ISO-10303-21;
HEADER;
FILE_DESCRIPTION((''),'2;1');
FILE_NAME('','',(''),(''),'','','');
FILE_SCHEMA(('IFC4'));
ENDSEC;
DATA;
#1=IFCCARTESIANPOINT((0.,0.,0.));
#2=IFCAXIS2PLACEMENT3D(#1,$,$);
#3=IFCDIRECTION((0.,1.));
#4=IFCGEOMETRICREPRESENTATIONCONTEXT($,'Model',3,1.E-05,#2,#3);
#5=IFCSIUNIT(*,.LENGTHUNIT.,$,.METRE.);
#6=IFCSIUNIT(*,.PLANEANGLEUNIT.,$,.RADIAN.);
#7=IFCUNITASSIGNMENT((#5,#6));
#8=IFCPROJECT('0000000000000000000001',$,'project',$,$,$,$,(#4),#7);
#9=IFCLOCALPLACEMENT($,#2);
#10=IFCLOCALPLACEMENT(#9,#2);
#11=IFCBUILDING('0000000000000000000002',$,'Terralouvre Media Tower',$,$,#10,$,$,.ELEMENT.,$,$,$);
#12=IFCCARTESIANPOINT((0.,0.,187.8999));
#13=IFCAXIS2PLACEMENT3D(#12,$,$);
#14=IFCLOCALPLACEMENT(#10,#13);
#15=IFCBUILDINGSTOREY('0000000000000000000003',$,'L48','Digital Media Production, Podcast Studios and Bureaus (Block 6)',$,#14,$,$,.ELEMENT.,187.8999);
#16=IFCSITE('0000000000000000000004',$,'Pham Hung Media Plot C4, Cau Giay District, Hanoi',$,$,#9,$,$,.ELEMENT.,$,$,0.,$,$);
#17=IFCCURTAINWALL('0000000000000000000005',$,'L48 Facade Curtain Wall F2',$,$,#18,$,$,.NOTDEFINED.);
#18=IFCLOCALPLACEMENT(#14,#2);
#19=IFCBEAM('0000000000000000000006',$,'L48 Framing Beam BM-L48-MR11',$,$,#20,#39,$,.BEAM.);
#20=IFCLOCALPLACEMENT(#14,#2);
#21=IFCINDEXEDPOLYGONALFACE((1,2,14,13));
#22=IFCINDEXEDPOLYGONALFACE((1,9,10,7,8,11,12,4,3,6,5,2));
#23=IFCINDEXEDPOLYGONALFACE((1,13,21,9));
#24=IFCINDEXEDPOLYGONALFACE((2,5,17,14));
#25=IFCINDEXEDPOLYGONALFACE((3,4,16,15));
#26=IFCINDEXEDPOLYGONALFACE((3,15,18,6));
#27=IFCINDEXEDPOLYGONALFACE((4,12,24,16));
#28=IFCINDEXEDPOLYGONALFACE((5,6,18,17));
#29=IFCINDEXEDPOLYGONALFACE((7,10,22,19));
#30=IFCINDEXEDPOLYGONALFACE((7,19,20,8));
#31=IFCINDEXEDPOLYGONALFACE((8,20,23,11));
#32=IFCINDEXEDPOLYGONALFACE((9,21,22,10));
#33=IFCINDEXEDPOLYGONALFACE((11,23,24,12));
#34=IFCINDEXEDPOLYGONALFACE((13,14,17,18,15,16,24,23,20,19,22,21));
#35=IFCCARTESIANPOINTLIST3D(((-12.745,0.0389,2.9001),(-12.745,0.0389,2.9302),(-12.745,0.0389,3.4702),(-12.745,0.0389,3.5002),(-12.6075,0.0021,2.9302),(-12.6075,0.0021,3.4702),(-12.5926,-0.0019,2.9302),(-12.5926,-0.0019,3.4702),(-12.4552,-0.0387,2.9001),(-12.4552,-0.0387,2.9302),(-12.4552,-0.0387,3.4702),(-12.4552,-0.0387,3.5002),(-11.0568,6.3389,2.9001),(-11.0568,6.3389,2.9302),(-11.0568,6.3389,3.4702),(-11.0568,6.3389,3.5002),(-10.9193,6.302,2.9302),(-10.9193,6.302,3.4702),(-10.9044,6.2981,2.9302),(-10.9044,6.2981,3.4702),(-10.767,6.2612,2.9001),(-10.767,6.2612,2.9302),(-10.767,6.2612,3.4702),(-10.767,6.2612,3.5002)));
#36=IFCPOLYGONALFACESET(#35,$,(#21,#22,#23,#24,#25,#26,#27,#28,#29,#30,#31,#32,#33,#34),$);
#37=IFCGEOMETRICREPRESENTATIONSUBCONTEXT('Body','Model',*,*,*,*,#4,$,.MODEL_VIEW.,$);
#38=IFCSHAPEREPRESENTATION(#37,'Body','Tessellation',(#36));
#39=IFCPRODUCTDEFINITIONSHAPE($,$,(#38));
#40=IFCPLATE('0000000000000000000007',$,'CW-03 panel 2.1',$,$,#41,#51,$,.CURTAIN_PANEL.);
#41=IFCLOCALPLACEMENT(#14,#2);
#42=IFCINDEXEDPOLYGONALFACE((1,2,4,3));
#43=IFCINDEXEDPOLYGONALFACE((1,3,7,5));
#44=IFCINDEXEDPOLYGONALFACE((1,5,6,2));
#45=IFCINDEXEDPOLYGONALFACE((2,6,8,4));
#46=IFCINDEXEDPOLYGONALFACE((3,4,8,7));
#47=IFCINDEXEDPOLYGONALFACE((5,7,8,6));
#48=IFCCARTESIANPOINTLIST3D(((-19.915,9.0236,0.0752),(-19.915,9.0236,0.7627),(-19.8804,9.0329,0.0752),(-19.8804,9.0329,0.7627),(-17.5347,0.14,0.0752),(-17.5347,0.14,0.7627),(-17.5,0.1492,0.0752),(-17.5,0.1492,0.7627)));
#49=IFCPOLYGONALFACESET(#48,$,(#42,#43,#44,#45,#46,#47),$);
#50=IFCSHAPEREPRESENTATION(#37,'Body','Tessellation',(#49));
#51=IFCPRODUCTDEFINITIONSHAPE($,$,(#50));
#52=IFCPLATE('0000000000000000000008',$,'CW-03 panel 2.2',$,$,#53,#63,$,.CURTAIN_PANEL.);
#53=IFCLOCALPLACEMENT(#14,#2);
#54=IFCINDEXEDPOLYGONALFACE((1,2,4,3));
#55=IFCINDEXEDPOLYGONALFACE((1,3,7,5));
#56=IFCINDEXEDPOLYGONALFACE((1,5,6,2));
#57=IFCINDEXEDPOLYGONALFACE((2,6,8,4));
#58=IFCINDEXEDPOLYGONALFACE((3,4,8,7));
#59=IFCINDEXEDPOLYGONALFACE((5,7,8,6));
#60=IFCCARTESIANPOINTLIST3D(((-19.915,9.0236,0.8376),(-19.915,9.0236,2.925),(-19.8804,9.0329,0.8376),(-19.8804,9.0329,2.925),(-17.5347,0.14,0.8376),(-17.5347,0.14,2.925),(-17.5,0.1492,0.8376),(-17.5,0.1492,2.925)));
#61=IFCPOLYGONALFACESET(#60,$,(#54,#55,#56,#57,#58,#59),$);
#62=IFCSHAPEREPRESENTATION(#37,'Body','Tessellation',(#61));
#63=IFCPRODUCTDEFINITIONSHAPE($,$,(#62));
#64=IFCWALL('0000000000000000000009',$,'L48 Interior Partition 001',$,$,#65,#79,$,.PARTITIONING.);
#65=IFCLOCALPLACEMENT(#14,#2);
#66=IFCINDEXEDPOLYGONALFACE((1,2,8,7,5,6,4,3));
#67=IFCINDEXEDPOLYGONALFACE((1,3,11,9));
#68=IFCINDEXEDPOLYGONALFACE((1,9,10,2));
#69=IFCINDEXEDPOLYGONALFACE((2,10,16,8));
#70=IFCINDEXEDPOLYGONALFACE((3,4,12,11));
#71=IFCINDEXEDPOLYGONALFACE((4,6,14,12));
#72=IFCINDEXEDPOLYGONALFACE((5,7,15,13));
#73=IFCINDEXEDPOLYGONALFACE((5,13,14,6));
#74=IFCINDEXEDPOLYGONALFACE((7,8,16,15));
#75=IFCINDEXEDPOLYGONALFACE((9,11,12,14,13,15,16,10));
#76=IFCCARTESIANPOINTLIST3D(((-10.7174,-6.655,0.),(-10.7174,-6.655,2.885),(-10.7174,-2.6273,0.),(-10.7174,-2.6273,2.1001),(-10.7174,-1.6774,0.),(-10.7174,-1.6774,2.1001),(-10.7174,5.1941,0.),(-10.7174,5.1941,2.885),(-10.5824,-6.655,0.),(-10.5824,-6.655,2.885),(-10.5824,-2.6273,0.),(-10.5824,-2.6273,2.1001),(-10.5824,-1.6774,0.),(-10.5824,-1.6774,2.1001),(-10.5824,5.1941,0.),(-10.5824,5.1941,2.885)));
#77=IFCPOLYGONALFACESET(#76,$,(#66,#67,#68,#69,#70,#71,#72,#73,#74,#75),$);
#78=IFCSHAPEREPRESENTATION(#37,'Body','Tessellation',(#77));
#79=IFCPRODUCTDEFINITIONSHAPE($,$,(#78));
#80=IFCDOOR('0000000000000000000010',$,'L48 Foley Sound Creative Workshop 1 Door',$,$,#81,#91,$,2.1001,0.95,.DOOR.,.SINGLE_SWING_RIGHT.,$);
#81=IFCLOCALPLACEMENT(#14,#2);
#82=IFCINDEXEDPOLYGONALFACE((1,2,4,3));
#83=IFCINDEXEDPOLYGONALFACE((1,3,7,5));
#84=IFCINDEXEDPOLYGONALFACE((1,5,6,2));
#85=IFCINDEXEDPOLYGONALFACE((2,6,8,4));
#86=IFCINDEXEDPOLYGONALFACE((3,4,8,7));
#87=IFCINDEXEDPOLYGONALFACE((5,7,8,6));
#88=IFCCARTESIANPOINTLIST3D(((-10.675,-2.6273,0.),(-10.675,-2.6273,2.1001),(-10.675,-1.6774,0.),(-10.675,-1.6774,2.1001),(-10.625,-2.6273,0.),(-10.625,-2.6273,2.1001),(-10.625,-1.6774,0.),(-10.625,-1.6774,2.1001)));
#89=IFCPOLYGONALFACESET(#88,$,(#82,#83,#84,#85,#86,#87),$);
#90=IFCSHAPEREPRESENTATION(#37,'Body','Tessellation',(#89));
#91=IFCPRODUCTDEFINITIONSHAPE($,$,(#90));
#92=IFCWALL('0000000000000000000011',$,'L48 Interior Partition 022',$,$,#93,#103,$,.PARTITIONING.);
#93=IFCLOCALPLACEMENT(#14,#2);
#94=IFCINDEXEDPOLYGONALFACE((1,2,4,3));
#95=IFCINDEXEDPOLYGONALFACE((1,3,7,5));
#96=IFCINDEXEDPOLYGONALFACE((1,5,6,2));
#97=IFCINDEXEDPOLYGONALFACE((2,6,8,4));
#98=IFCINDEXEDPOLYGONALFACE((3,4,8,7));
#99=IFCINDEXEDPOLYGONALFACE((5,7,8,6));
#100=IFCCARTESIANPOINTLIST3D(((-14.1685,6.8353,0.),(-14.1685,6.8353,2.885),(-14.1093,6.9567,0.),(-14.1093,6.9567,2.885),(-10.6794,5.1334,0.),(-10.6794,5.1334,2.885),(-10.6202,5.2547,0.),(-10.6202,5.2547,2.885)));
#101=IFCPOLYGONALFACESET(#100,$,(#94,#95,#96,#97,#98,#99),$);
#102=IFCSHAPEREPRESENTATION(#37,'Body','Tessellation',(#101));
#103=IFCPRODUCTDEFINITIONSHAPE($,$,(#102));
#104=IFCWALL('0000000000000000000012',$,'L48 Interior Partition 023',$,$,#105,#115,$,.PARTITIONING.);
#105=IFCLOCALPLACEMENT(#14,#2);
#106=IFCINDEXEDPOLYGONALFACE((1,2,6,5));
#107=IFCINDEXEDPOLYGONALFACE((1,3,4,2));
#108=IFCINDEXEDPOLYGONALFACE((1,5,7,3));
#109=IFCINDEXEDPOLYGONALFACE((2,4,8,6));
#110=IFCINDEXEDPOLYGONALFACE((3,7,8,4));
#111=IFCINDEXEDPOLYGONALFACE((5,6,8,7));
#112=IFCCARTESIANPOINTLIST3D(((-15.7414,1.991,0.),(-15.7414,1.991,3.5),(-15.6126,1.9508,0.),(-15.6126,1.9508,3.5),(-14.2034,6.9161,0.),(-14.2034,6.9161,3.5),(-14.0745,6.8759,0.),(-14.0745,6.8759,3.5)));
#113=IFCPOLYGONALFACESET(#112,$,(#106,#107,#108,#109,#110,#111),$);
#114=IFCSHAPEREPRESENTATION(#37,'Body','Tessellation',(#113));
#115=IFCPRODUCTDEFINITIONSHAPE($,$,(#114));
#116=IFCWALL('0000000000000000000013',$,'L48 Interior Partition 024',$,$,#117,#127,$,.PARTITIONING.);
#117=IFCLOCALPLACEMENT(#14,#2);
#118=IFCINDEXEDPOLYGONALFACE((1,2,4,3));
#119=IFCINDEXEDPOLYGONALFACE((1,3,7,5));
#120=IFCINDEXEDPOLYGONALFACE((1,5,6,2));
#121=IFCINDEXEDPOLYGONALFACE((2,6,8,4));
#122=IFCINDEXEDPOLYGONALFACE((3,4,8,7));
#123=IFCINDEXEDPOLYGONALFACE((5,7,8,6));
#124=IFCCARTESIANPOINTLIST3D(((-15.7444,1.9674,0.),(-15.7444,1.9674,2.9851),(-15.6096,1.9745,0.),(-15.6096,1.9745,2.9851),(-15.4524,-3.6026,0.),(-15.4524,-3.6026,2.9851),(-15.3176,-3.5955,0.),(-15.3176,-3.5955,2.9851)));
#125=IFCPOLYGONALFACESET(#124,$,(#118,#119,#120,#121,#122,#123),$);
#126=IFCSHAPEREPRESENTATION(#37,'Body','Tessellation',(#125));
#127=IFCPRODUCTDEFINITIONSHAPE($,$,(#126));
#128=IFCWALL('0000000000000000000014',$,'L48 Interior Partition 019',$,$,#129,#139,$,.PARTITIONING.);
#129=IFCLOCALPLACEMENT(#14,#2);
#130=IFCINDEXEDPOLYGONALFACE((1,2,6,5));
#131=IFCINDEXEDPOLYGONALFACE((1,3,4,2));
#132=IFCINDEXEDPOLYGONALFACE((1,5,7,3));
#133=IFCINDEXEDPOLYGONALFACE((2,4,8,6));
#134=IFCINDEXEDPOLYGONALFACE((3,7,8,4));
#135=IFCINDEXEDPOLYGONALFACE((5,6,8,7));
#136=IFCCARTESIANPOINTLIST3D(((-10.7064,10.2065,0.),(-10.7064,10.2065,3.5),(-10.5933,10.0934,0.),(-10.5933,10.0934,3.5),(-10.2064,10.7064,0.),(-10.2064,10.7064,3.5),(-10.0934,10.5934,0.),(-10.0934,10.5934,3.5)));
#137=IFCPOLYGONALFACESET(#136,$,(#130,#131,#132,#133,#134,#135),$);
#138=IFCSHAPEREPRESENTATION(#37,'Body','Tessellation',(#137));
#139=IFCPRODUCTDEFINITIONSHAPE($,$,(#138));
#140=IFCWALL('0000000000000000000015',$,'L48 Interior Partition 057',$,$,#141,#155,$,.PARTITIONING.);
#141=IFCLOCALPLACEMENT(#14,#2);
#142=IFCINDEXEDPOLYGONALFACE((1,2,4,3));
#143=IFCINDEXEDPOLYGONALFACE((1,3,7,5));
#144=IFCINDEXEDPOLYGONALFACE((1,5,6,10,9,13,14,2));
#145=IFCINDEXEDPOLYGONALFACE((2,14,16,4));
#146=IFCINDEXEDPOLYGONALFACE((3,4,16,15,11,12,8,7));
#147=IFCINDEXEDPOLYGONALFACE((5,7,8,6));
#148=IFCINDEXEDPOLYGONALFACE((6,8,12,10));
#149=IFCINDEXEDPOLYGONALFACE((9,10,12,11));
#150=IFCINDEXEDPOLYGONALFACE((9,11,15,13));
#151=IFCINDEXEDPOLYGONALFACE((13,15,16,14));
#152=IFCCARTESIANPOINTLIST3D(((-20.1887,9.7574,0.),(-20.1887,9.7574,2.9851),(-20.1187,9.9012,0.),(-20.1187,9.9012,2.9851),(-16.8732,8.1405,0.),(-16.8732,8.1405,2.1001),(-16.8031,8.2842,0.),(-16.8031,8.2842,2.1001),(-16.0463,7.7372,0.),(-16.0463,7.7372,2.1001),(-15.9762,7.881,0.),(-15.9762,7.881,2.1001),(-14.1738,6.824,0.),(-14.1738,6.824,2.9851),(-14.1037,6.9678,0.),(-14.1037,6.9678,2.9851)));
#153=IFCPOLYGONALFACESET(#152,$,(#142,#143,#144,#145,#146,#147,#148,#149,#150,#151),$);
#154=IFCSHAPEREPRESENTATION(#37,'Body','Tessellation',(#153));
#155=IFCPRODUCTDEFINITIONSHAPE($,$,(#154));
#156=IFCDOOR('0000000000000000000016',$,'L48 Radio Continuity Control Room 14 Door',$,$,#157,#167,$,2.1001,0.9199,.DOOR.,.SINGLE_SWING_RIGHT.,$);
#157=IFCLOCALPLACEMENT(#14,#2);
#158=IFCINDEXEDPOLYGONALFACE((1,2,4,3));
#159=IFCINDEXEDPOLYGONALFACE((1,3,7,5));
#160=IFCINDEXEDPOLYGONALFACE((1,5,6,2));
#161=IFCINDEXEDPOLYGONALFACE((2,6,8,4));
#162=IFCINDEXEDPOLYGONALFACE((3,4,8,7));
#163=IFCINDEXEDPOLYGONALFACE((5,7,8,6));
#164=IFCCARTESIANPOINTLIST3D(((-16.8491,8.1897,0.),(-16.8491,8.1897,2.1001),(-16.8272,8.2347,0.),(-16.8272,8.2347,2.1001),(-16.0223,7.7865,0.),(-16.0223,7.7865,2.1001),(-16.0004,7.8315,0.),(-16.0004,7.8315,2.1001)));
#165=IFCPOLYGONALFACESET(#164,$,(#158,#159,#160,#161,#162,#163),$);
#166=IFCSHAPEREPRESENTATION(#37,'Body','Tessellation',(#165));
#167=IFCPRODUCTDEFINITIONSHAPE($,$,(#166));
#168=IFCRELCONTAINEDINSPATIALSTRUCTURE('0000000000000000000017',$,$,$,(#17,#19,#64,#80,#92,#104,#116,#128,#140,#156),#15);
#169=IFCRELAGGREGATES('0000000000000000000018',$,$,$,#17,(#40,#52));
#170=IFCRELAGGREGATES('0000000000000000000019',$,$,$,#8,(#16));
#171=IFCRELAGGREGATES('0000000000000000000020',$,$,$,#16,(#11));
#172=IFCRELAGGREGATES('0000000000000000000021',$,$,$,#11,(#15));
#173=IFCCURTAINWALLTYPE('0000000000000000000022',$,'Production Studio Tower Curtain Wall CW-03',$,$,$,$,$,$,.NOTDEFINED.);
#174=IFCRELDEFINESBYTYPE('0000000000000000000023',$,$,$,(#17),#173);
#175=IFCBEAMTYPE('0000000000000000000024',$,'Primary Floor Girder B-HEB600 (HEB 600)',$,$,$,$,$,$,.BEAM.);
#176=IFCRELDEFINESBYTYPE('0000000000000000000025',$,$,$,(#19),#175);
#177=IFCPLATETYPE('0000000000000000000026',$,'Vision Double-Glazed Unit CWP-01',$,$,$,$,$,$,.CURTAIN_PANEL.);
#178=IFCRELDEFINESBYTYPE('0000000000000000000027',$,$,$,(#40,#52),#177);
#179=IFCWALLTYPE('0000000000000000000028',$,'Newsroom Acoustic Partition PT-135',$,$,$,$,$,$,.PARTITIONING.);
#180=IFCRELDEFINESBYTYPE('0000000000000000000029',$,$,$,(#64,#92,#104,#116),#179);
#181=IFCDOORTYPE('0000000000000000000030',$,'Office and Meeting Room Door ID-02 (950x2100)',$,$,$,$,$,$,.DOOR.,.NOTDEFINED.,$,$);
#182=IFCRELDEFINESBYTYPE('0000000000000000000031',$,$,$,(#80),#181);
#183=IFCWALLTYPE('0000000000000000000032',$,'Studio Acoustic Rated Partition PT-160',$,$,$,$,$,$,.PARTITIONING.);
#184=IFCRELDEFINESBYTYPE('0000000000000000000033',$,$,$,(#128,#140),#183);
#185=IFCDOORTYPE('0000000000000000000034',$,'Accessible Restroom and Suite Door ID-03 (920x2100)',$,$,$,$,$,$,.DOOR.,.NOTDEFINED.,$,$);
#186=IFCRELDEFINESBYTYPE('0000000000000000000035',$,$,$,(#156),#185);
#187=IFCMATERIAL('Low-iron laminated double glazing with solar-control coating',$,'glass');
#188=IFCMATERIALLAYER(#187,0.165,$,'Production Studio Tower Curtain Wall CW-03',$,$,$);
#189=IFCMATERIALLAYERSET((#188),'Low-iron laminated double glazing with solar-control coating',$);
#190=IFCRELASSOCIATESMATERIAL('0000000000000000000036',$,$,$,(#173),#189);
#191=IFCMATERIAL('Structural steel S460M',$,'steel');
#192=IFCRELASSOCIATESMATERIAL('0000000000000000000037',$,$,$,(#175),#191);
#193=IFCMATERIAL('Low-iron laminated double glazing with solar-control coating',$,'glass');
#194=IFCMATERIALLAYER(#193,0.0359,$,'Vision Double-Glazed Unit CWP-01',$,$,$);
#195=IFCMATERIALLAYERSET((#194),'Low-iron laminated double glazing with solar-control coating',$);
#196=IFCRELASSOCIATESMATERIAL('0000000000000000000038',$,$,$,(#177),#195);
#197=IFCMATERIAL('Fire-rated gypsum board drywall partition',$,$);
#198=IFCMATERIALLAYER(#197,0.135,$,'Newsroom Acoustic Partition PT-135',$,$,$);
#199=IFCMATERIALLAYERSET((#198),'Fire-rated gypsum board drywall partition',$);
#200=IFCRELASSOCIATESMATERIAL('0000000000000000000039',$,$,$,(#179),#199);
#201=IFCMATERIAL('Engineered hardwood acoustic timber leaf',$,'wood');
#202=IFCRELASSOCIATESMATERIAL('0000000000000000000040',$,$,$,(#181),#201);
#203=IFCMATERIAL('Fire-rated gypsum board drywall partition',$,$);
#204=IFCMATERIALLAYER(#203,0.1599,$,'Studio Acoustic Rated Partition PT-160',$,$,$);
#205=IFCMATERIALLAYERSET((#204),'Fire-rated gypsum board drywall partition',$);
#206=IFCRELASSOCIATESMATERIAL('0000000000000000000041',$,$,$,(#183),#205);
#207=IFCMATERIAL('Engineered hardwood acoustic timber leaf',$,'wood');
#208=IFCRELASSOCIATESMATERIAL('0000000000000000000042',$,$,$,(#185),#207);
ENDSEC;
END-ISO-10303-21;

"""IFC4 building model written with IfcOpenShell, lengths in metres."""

from ifc_helpers import new_model, si_unit, direction, frame, frame_2d, origin, origin_2d, place, context, subcontext, project, spatial, rectangle, i_section, extrude, material, layer, layer_set, material_profile, profile_set, type_object, element, fill, aggregate, save


model = new_model("IFC4")

# Units and contexts
model_context = context("Model", 3, precision=1e-05, world=origin(), true_north=direction((0.0, 1.0)))
body_context = subcontext(model_context, "Body", "Model", "MODEL_VIEW")
ifc_project = project(units=[si_unit("LENGTHUNIT", "METRE"), si_unit("PLANEANGLEUNIT", "RADIAN")], contexts=[model_context])

# Site, building, storey
site_placement = place(None, origin())
site = spatial("IfcSite", under=ifc_project, at=site_placement, Name="Pham Hung Media Plot C4, Cau Giay District, Hanoi", CompositionType="ELEMENT", RefElevation=0.0)
building_placement = place(site_placement, origin())
building = spatial("IfcBuilding", under=site, at=building_placement, Name="Terralouvre Media Tower", CompositionType="ELEMENT")
storey_placement = place(building_placement, frame((0.0, 0.0, 187.8999)))
storey = spatial("IfcBuildingStorey", under=building, at=storey_placement, Name="L48", Description="Digital Media Production, Podcast Studios and Bureaus (Block 6)", CompositionType="ELEMENT", Elevation=187.8999)

# Curtain wall
ifc_material_1 = material(Name="Low-iron laminated double glazing with solar-control coating", Category="glass")
ifc_layer_1 = layer(ifc_material_1, 0.165, Name="Production Studio Tower Curtain Wall CW-03")
ifc_layer_set_1 = layer_set([ifc_layer_1], Name="Low-iron laminated double glazing with solar-control coating")
curtain_wall_type = type_object("IfcCurtainWallType", Name="Production Studio Tower Curtain Wall CW-03", PredefinedType="NOTDEFINED", material=ifc_layer_set_1)
curtain_wall_placement = place(storey_placement, origin())
curtain_wall = element("IfcCurtainWall", 1, at=curtain_wall_placement, inside=storey, type_object=curtain_wall_type, Name="L48 Facade Curtain Wall F2", PredefinedType="NOTDEFINED")

# Beam
ifc_material_2 = material(Name="Structural steel S460M", Category="steel")
ifc_material_profile_1 = material_profile(ifc_material_2, i_section(OverallWidth=0.3, OverallDepth=0.6001, WebThickness=0.0154, FlangeThickness=0.03, at=origin_2d()), Name="HEB 600")
ifc_profile_set_1 = profile_set([ifc_material_profile_1], Name="Structural steel S460M")
beam_type_1 = type_object("IfcBeamType", Name="Primary Floor Girder B-HEB600 (HEB 600)", PredefinedType="BEAM", material=ifc_profile_set_1)
beam_1_placement = place(storey_placement, frame((-10.9119, 6.3, 3.2002), z_axis=(-0.258839, -0.96592, 0.0), x_axis=(0.96592, -0.258839, 0.0)))
element("IfcBeam", 2, at=beam_1_placement, inside=storey, type_object=beam_type_1, Name="L48 Framing Beam BM-L48-MR11", PredefinedType="BEAM", context=body_context, shape_type="SweptSolid", body=[
    extrude(i_section(OverallWidth=0.3, OverallDepth=0.6001, WebThickness=0.0154, FlangeThickness=0.03, at=origin_2d()), origin(), (0.0, 0.0, 1.0), 6.5222),
])

# Plates
ifc_material_3 = material(Name="Low-iron laminated double glazing with solar-control coating", Category="glass")
ifc_layer_2 = layer(ifc_material_3, 0.0359, Name="Vision Double-Glazed Unit CWP-01")
ifc_layer_set_2 = layer_set([ifc_layer_2], Name="Low-iron laminated double glazing with solar-control coating")
plate_type = type_object("IfcPlateType", Name="Vision Double-Glazed Unit CWP-01", PredefinedType="CURTAIN_PANEL", material=ifc_layer_set_2)
plate_1_placement = place(storey_placement, frame((-18.7075, 4.5864, 0.0752), z_axis=(0.0, 0.0, 1.0), x_axis=(0.258819, -0.965926, 0.0)))
plate_1 = element("IfcPlate", 3, at=plate_1_placement, type_object=plate_type, Name="CW-03 panel 2.1", PredefinedType="CURTAIN_PANEL", context=body_context, shape_type="SweptSolid", body=[
    extrude(rectangle(XDim=9.197, YDim=0.0359, at=origin_2d()), origin(), (0.0, 0.0, 1.0), 0.6875),
])
plate_2_placement = place(storey_placement, frame((-18.7075, 4.5864, 0.8376), z_axis=(0.0, 0.0, 1.0), x_axis=(0.258819, -0.965926, 0.0)))
plate_2 = element("IfcPlate", 4, at=plate_2_placement, type_object=plate_type, Name="CW-03 panel 2.2", PredefinedType="CURTAIN_PANEL", context=body_context, shape_type="SweptSolid", body=[
    extrude(rectangle(XDim=9.197, YDim=0.0359, at=origin_2d()), origin(), (0.0, 0.0, 1.0), 2.0874),
])
aggregate(curtain_wall, [plate_1, plate_2])

# Wall, opening, door
ifc_material_4 = material(Name="Fire-rated gypsum board drywall partition")
ifc_layer_3 = layer(ifc_material_4, 0.135, Name="Newsroom Acoustic Partition PT-135")
ifc_layer_set_3 = layer_set([ifc_layer_3], Name="Fire-rated gypsum board drywall partition")
wall_type_1 = type_object("IfcWallType", Name="Newsroom Acoustic Partition PT-135", PredefinedType="PARTITIONING", material=ifc_layer_set_3)
wall_1_placement = place(storey_placement, frame((-10.6499, 5.1941, 0.0), z_axis=(0.0, 0.0, 1.0), x_axis=(0.0, -1.0, 0.0)))
wall_1 = element("IfcWall", 5, at=wall_1_placement, inside=storey, type_object=wall_type_1, Name="L48 Interior Partition 001", PredefinedType="PARTITIONING", context=body_context, shape_type="SweptSolid", body=[
    extrude(rectangle(XDim=11.8491, YDim=0.135, at=frame_2d((5.9246, 0.0))), origin(), (0.0, 0.0, 1.0), 2.885),
])
opening_1_placement = place(wall_1_placement, frame((6.8713, 0.0, 0.0)))
opening_1 = element("IfcOpeningElement", 6, at=opening_1_placement, cuts=wall_1, PredefinedType="OPENING", context=body_context, shape_type="SweptSolid", body=[
    extrude(rectangle(XDim=0.95, YDim=2.1001, at=frame_2d((0.4751, 1.05))), frame((0.0, 0.0774, 0.0), z_axis=(0.0, -1.0, 0.0), x_axis=(1.0, 0.0, 0.0)), (0.0, 0.0, 1.0), 0.155),
])
ifc_material_5 = material(Name="Engineered hardwood acoustic timber leaf", Category="wood")
door_type_1 = type_object("IfcDoorType", Name="Office and Meeting Room Door ID-02 (950x2100)", OperationType="NOTDEFINED", PredefinedType="DOOR", material=ifc_material_5)
door_1_placement = place(opening_1_placement, origin())
door_1 = element("IfcDoor", 7, at=door_1_placement, inside=storey, type_object=door_type_1, Name="L48 Foley Sound Creative Workshop 1 Door", OperationType="SINGLE_SWING_RIGHT", OverallHeight=2.1001, OverallWidth=0.95, PredefinedType="DOOR", context=body_context, shape_type="SweptSolid", body=[
    extrude(rectangle(XDim=0.95, YDim=2.1001, at=frame_2d((0.4751, 1.05))), frame((0.0, 0.0249, 0.0), z_axis=(0.0, -1.0, 0.0), x_axis=(1.0, 0.0, 0.0)), (0.0, 0.0, 1.0), 0.05),
])
fill(opening_1, door_1)

# Walls
wall_2_placement = place(storey_placement, frame((-10.6499, 5.1941, 0.0), z_axis=(0.0, 0.0, 1.0), x_axis=(-0.898774, 0.438412, 0.0)))
element("IfcWall", 8, at=wall_2_placement, inside=storey, type_object=wall_type_1, Name="L48 Interior Partition 022", PredefinedType="PARTITIONING", context=body_context, shape_type="SweptSolid", body=[
    extrude(rectangle(XDim=3.8821, YDim=0.135, at=frame_2d((1.9409, 0.0))), origin(), (0.0, 0.0, 1.0), 2.885),
])
wall_3_placement = place(storey_placement, frame((-14.1389, 6.896, 0.0), z_axis=(0.0, 0.0, 1.0), x_axis=(-0.2981, -0.954535, 0.0)))
element("IfcWall", 9, at=wall_3_placement, inside=storey, type_object=wall_type_1, Name="L48 Interior Partition 023", PredefinedType="PARTITIONING", context=body_context, shape_type="SweptSolid", body=[
    extrude(rectangle(XDim=5.1597, YDim=0.135, at=frame_2d((2.5798, 0.0))), origin(), (0.0, 0.0, 1.0), 3.5),
])
wall_4_placement = place(storey_placement, frame((-15.677, 1.9709, 0.0), z_axis=(0.0, 0.0, 1.0), x_axis=(0.05235, -0.998629, 0.0)))
element("IfcWall", 10, at=wall_4_placement, inside=storey, type_object=wall_type_1, Name="L48 Interior Partition 024", PredefinedType="PARTITIONING", context=body_context, shape_type="SweptSolid", body=[
    extrude(rectangle(XDim=5.5776, YDim=0.135, at=frame_2d((2.7888, 0.0))), origin(), (0.0, 0.0, 1.0), 2.9851),
])
ifc_material_6 = material(Name="Fire-rated gypsum board drywall partition")
ifc_layer_4 = layer(ifc_material_6, 0.1599, Name="Studio Acoustic Rated Partition PT-160")
ifc_layer_set_4 = layer_set([ifc_layer_4], Name="Fire-rated gypsum board drywall partition")
wall_type_2 = type_object("IfcWallType", Name="Studio Acoustic Rated Partition PT-160", PredefinedType="PARTITIONING", material=ifc_layer_set_4)
wall_5_placement = place(storey_placement, frame((-10.1499, 10.6499, 0.0), z_axis=(0.0, 0.0, 1.0), x_axis=(-0.707107, -0.707107, 0.0)))
element("IfcWall", 11, at=wall_5_placement, inside=storey, type_object=wall_type_2, Name="L48 Interior Partition 019", PredefinedType="PARTITIONING", context=body_context, shape_type="SweptSolid", body=[
    extrude(rectangle(XDim=0.707, YDim=0.1599, at=frame_2d((0.3535, 0.0))), origin(), (0.0, 0.0, 1.0), 3.5),
])

# Wall, opening, door
wall_6_placement = place(storey_placement, frame((-20.1538, 9.8293, 0.0), z_axis=(0.0, 0.0, 1.0), x_axis=(0.898812, -0.438334, 0.0)))
wall_6 = element("IfcWall", 12, at=wall_6_placement, inside=storey, type_object=wall_type_2, Name="L48 Interior Partition 057", PredefinedType="PARTITIONING", context=body_context, shape_type="SweptSolid", body=[
    extrude(rectangle(XDim=6.6921, YDim=0.1599, at=frame_2d((3.3462, 0.0))), origin(), (0.0, 0.0, 1.0), 2.9851),
])
opening_2_placement = place(wall_6_placement, frame((3.689, 0.0, 0.0)))
opening_2 = element("IfcOpeningElement", 13, at=opening_2_placement, cuts=wall_6, PredefinedType="OPENING", context=body_context, shape_type="SweptSolid", body=[
    extrude(rectangle(XDim=0.9199, YDim=2.1001, at=frame_2d((0.46, 1.05))), frame((0.0, 0.0898, 0.0), z_axis=(0.0, -1.0, 0.0), x_axis=(1.0, 0.0, 0.0)), (0.0, 0.0, 1.0), 0.1799),
])
ifc_material_7 = material(Name="Engineered hardwood acoustic timber leaf", Category="wood")
door_type_2 = type_object("IfcDoorType", Name="Accessible Restroom and Suite Door ID-03 (920x2100)", OperationType="NOTDEFINED", PredefinedType="DOOR", material=ifc_material_7)
door_2_placement = place(opening_2_placement, origin())
door_2 = element("IfcDoor", 14, at=door_2_placement, inside=storey, type_object=door_type_2, Name="L48 Radio Continuity Control Room 14 Door", OperationType="SINGLE_SWING_RIGHT", OverallHeight=2.1001, OverallWidth=0.9199, PredefinedType="DOOR", context=body_context, shape_type="SweptSolid", body=[
    extrude(rectangle(XDim=0.9199, YDim=2.1001, at=frame_2d((0.46, 1.05))), frame((0.0, 0.0249, 0.0), z_axis=(0.0, -1.0, 0.0), x_axis=(1.0, 0.0, 0.0)), (0.0, 0.0, 1.0), 0.05),
])
fill(opening_2, door_2)

save(model, "model.ifc")
